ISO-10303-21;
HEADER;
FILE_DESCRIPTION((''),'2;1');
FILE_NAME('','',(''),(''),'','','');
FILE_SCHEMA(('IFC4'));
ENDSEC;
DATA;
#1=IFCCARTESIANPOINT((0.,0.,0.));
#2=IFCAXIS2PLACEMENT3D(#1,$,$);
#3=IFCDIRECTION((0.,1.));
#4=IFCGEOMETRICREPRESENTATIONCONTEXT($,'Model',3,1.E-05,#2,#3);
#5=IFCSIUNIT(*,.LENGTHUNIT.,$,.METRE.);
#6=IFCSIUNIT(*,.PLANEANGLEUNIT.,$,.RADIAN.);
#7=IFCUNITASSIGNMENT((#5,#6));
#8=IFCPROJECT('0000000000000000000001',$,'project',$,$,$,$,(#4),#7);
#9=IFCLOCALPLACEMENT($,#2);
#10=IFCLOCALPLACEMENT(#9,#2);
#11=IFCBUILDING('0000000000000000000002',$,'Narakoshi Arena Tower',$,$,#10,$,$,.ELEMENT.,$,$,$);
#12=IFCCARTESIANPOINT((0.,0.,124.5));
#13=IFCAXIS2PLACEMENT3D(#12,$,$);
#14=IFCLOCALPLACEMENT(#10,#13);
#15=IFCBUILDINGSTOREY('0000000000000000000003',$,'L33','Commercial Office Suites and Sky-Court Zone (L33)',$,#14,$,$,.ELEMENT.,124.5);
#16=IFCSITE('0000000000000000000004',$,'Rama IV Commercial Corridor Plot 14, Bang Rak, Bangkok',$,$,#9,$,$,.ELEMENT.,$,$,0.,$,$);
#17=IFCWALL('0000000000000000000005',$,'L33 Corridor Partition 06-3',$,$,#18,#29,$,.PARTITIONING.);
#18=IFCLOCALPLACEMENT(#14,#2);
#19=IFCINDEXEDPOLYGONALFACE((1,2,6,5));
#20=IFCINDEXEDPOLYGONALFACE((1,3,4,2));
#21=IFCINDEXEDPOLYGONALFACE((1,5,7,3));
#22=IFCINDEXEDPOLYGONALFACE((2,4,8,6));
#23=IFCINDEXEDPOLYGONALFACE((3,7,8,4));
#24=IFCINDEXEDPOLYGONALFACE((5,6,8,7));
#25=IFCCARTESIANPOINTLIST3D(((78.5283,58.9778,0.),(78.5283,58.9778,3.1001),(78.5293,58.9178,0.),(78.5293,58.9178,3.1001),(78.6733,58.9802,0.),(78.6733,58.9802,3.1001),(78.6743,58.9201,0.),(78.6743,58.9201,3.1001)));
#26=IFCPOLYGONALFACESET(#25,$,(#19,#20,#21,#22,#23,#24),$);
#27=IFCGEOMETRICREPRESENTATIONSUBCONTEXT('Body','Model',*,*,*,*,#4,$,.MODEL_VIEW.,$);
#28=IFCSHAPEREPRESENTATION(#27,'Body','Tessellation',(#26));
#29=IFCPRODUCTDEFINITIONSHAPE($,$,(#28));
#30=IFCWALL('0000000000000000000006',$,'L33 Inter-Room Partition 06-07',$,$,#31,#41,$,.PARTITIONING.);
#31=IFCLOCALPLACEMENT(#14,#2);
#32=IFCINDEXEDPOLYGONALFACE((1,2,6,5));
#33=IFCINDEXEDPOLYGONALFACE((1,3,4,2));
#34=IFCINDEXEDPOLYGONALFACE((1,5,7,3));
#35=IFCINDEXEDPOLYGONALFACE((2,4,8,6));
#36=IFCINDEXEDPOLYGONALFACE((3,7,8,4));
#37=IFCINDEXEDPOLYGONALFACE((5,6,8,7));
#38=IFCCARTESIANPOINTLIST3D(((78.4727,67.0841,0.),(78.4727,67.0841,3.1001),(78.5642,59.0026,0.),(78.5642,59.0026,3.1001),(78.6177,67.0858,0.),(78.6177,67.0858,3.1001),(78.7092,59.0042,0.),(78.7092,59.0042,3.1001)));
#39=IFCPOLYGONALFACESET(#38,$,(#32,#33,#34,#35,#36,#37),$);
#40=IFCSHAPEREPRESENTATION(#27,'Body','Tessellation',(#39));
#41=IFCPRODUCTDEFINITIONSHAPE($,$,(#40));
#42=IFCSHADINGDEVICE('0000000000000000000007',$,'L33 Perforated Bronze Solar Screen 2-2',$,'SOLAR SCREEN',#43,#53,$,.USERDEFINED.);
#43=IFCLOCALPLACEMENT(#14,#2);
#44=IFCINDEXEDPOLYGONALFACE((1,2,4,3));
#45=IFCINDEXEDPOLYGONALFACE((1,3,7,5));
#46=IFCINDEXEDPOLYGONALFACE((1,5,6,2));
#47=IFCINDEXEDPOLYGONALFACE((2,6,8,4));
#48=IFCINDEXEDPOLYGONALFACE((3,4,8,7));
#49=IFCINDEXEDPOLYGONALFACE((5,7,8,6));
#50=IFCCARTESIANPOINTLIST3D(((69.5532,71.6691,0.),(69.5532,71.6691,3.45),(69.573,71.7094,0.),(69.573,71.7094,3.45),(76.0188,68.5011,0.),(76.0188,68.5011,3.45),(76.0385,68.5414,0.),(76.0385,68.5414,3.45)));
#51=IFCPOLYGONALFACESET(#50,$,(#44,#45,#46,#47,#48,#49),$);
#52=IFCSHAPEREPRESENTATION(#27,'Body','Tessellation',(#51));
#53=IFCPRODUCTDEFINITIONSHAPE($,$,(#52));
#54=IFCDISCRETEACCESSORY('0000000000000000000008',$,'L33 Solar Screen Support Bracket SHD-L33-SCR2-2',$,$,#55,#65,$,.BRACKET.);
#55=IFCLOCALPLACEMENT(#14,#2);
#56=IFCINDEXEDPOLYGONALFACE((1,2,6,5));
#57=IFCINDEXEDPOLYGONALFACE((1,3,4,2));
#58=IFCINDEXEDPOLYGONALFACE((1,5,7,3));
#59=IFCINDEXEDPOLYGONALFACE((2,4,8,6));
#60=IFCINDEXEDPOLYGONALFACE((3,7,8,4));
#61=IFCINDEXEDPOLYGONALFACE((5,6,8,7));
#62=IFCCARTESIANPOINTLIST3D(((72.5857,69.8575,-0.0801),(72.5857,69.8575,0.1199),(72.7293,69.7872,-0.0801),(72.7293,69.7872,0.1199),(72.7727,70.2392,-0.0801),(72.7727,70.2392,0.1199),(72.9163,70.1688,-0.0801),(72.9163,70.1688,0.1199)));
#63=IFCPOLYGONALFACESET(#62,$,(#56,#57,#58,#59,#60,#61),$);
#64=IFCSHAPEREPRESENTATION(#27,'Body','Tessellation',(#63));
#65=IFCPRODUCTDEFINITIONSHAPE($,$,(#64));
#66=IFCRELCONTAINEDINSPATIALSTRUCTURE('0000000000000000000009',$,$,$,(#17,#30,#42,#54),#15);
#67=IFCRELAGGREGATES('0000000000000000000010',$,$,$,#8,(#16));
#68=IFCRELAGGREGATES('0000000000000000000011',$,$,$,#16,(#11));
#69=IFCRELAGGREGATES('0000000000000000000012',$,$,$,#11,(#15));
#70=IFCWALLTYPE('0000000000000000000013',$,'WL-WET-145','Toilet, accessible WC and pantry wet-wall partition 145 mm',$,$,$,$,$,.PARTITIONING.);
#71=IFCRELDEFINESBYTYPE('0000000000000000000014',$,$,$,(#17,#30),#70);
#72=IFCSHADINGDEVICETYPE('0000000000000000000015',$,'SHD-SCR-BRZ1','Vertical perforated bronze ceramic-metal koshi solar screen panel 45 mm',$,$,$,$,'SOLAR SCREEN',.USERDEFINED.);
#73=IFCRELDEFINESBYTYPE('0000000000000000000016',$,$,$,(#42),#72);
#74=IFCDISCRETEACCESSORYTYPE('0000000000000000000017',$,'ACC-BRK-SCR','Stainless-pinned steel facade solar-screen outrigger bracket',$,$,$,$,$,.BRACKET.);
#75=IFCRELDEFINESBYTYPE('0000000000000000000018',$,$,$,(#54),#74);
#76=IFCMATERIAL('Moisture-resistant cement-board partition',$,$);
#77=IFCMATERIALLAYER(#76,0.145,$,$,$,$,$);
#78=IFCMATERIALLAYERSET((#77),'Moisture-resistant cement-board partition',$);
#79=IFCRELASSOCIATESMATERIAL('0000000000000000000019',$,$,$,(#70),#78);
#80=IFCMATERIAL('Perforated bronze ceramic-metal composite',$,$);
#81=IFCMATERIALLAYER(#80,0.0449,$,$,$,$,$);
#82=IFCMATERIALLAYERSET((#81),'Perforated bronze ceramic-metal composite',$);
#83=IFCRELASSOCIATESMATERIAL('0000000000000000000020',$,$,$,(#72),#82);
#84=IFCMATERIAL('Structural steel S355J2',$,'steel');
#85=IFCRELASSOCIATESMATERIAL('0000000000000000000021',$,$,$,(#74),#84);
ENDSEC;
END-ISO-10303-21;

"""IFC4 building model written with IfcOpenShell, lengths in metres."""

from ifc_helpers import new_model, si_unit, direction, frame, frame_2d, origin, origin_2d, place, context, subcontext, project, spatial, rectangle, extrude, material, layer, layer_set, type_object, element, save


model = new_model("IFC4")

# Units and contexts
model_context = context("Model", 3, precision=1e-05, world=origin(), true_north=direction((0.0, 1.0)))
body_context = subcontext(model_context, "Body", "Model", "MODEL_VIEW")
ifc_project = project(units=[si_unit("LENGTHUNIT", "METRE"), si_unit("PLANEANGLEUNIT", "RADIAN")], contexts=[model_context])

# Site, building, storey
site_placement = place(None, origin())
site = spatial("IfcSite", under=ifc_project, at=site_placement, Name="Rama IV Commercial Corridor Plot 14, Bang Rak, Bangkok", CompositionType="ELEMENT", RefElevation=0.0)
building_placement = place(site_placement, origin())
building = spatial("IfcBuilding", under=site, at=building_placement, Name="Narakoshi Arena Tower", CompositionType="ELEMENT")
storey_placement = place(building_placement, frame((0.0, 0.0, 124.5)))
storey = spatial("IfcBuildingStorey", under=building, at=storey_placement, Name="L33", Description="Commercial Office Suites and Sky-Court Zone (L33)", CompositionType="ELEMENT", Elevation=124.5)

# Walls
ifc_material_1 = material(Name="Moisture-resistant cement-board partition")
ifc_layer_1 = layer(ifc_material_1, 0.145)
ifc_layer_set_1 = layer_set([ifc_layer_1], Name="Moisture-resistant cement-board partition")
wall_type_1 = type_object("IfcWallType", Name="WL-WET-145", Description="Toilet, accessible WC and pantry wet-wall partition 145 mm", PredefinedType="PARTITIONING", material=ifc_layer_set_1)
wall_1_placement = place(storey_placement, frame((78.6018, 58.9189, 0.0), z_axis=(0.0, 0.0, 1.0), x_axis=(-0.016258, 0.999868, 0.0)))
element("IfcWall", 1, at=wall_1_placement, inside=storey, type_object=wall_type_1, Name="L33 Corridor Partition 06-3", PredefinedType="PARTITIONING", context=body_context, shape_type="SweptSolid", body=[
    extrude(rectangle(XDim=0.0601, YDim=0.145, at=frame_2d((0.03, 0.0))), origin(), (0.0, 0.0, 1.0), 3.1001),
])
wall_2_placement = place(storey_placement, frame((78.6367, 59.0034, 0.0), z_axis=(0.0, 0.0, 1.0), x_axis=(-0.011328, 0.999936, 0.0)))
element("IfcWall", 2, at=wall_2_placement, inside=storey, type_object=wall_type_1, Name="L33 Inter-Room Partition 06-07", PredefinedType="PARTITIONING", context=body_context, shape_type="SweptSolid", body=[
    extrude(rectangle(XDim=8.082, YDim=0.145, at=frame_2d((4.041, 0.0))), origin(), (0.0, 0.0, 1.0), 3.1001),
])

# Shading device
ifc_material_2 = material(Name="Perforated bronze ceramic-metal composite")
ifc_layer_2 = layer(ifc_material_2, 0.0449)
ifc_layer_set_2 = layer_set([ifc_layer_2], Name="Perforated bronze ceramic-metal composite")
shading_device_type = type_object("IfcShadingDeviceType", Name="SHD-SCR-BRZ1", Description="Vertical perforated bronze ceramic-metal koshi solar screen panel 45 mm", ElementType="SOLAR SCREEN", PredefinedType="USERDEFINED", material=ifc_layer_set_2)
shading_device_placement = place(storey_placement, frame((72.7959, 70.1052, 0.0), z_axis=(0.0, 0.0, 1.0), x_axis=(-0.897997, 0.440002, 0.0)))
element("IfcShadingDevice", 3, at=shading_device_placement, inside=storey, type_object=shading_device_type, Name="L33 Perforated Bronze Solar Screen 2-2", ObjectType="SOLAR SCREEN", PredefinedType="USERDEFINED", context=body_context, shape_type="SweptSolid", body=[
    extrude(rectangle(XDim=7.2, YDim=0.0449, at=origin_2d()), origin(), (0.0, 0.0, 1.0), 3.45),
])

# Discrete accessory
ifc_material_3 = material(Name="Structural steel S355J2", Category="steel")
discrete_accessory_type = type_object("IfcDiscreteAccessoryType", Name="ACC-BRK-SCR", Description="Stainless-pinned steel facade solar-screen outrigger bracket", PredefinedType="BRACKET", material=ifc_material_3)
discrete_accessory_placement = place(storey_placement, frame((72.751, 70.0132, -0.0801), z_axis=(0.0, 0.0, 1.0), x_axis=(-0.897997, 0.440002, 0.0)))
element("IfcDiscreteAccessory", 4, at=discrete_accessory_placement, inside=storey, type_object=discrete_accessory_type, Name="L33 Solar Screen Support Bracket SHD-L33-SCR2-2", PredefinedType="BRACKET", context=body_context, shape_type="SweptSolid", body=[
    extrude(rectangle(XDim=0.1599, YDim=0.425, at=origin_2d()), origin(), (0.0, 0.0, 1.0), 0.2),
])

save(model, "model.ifc")
